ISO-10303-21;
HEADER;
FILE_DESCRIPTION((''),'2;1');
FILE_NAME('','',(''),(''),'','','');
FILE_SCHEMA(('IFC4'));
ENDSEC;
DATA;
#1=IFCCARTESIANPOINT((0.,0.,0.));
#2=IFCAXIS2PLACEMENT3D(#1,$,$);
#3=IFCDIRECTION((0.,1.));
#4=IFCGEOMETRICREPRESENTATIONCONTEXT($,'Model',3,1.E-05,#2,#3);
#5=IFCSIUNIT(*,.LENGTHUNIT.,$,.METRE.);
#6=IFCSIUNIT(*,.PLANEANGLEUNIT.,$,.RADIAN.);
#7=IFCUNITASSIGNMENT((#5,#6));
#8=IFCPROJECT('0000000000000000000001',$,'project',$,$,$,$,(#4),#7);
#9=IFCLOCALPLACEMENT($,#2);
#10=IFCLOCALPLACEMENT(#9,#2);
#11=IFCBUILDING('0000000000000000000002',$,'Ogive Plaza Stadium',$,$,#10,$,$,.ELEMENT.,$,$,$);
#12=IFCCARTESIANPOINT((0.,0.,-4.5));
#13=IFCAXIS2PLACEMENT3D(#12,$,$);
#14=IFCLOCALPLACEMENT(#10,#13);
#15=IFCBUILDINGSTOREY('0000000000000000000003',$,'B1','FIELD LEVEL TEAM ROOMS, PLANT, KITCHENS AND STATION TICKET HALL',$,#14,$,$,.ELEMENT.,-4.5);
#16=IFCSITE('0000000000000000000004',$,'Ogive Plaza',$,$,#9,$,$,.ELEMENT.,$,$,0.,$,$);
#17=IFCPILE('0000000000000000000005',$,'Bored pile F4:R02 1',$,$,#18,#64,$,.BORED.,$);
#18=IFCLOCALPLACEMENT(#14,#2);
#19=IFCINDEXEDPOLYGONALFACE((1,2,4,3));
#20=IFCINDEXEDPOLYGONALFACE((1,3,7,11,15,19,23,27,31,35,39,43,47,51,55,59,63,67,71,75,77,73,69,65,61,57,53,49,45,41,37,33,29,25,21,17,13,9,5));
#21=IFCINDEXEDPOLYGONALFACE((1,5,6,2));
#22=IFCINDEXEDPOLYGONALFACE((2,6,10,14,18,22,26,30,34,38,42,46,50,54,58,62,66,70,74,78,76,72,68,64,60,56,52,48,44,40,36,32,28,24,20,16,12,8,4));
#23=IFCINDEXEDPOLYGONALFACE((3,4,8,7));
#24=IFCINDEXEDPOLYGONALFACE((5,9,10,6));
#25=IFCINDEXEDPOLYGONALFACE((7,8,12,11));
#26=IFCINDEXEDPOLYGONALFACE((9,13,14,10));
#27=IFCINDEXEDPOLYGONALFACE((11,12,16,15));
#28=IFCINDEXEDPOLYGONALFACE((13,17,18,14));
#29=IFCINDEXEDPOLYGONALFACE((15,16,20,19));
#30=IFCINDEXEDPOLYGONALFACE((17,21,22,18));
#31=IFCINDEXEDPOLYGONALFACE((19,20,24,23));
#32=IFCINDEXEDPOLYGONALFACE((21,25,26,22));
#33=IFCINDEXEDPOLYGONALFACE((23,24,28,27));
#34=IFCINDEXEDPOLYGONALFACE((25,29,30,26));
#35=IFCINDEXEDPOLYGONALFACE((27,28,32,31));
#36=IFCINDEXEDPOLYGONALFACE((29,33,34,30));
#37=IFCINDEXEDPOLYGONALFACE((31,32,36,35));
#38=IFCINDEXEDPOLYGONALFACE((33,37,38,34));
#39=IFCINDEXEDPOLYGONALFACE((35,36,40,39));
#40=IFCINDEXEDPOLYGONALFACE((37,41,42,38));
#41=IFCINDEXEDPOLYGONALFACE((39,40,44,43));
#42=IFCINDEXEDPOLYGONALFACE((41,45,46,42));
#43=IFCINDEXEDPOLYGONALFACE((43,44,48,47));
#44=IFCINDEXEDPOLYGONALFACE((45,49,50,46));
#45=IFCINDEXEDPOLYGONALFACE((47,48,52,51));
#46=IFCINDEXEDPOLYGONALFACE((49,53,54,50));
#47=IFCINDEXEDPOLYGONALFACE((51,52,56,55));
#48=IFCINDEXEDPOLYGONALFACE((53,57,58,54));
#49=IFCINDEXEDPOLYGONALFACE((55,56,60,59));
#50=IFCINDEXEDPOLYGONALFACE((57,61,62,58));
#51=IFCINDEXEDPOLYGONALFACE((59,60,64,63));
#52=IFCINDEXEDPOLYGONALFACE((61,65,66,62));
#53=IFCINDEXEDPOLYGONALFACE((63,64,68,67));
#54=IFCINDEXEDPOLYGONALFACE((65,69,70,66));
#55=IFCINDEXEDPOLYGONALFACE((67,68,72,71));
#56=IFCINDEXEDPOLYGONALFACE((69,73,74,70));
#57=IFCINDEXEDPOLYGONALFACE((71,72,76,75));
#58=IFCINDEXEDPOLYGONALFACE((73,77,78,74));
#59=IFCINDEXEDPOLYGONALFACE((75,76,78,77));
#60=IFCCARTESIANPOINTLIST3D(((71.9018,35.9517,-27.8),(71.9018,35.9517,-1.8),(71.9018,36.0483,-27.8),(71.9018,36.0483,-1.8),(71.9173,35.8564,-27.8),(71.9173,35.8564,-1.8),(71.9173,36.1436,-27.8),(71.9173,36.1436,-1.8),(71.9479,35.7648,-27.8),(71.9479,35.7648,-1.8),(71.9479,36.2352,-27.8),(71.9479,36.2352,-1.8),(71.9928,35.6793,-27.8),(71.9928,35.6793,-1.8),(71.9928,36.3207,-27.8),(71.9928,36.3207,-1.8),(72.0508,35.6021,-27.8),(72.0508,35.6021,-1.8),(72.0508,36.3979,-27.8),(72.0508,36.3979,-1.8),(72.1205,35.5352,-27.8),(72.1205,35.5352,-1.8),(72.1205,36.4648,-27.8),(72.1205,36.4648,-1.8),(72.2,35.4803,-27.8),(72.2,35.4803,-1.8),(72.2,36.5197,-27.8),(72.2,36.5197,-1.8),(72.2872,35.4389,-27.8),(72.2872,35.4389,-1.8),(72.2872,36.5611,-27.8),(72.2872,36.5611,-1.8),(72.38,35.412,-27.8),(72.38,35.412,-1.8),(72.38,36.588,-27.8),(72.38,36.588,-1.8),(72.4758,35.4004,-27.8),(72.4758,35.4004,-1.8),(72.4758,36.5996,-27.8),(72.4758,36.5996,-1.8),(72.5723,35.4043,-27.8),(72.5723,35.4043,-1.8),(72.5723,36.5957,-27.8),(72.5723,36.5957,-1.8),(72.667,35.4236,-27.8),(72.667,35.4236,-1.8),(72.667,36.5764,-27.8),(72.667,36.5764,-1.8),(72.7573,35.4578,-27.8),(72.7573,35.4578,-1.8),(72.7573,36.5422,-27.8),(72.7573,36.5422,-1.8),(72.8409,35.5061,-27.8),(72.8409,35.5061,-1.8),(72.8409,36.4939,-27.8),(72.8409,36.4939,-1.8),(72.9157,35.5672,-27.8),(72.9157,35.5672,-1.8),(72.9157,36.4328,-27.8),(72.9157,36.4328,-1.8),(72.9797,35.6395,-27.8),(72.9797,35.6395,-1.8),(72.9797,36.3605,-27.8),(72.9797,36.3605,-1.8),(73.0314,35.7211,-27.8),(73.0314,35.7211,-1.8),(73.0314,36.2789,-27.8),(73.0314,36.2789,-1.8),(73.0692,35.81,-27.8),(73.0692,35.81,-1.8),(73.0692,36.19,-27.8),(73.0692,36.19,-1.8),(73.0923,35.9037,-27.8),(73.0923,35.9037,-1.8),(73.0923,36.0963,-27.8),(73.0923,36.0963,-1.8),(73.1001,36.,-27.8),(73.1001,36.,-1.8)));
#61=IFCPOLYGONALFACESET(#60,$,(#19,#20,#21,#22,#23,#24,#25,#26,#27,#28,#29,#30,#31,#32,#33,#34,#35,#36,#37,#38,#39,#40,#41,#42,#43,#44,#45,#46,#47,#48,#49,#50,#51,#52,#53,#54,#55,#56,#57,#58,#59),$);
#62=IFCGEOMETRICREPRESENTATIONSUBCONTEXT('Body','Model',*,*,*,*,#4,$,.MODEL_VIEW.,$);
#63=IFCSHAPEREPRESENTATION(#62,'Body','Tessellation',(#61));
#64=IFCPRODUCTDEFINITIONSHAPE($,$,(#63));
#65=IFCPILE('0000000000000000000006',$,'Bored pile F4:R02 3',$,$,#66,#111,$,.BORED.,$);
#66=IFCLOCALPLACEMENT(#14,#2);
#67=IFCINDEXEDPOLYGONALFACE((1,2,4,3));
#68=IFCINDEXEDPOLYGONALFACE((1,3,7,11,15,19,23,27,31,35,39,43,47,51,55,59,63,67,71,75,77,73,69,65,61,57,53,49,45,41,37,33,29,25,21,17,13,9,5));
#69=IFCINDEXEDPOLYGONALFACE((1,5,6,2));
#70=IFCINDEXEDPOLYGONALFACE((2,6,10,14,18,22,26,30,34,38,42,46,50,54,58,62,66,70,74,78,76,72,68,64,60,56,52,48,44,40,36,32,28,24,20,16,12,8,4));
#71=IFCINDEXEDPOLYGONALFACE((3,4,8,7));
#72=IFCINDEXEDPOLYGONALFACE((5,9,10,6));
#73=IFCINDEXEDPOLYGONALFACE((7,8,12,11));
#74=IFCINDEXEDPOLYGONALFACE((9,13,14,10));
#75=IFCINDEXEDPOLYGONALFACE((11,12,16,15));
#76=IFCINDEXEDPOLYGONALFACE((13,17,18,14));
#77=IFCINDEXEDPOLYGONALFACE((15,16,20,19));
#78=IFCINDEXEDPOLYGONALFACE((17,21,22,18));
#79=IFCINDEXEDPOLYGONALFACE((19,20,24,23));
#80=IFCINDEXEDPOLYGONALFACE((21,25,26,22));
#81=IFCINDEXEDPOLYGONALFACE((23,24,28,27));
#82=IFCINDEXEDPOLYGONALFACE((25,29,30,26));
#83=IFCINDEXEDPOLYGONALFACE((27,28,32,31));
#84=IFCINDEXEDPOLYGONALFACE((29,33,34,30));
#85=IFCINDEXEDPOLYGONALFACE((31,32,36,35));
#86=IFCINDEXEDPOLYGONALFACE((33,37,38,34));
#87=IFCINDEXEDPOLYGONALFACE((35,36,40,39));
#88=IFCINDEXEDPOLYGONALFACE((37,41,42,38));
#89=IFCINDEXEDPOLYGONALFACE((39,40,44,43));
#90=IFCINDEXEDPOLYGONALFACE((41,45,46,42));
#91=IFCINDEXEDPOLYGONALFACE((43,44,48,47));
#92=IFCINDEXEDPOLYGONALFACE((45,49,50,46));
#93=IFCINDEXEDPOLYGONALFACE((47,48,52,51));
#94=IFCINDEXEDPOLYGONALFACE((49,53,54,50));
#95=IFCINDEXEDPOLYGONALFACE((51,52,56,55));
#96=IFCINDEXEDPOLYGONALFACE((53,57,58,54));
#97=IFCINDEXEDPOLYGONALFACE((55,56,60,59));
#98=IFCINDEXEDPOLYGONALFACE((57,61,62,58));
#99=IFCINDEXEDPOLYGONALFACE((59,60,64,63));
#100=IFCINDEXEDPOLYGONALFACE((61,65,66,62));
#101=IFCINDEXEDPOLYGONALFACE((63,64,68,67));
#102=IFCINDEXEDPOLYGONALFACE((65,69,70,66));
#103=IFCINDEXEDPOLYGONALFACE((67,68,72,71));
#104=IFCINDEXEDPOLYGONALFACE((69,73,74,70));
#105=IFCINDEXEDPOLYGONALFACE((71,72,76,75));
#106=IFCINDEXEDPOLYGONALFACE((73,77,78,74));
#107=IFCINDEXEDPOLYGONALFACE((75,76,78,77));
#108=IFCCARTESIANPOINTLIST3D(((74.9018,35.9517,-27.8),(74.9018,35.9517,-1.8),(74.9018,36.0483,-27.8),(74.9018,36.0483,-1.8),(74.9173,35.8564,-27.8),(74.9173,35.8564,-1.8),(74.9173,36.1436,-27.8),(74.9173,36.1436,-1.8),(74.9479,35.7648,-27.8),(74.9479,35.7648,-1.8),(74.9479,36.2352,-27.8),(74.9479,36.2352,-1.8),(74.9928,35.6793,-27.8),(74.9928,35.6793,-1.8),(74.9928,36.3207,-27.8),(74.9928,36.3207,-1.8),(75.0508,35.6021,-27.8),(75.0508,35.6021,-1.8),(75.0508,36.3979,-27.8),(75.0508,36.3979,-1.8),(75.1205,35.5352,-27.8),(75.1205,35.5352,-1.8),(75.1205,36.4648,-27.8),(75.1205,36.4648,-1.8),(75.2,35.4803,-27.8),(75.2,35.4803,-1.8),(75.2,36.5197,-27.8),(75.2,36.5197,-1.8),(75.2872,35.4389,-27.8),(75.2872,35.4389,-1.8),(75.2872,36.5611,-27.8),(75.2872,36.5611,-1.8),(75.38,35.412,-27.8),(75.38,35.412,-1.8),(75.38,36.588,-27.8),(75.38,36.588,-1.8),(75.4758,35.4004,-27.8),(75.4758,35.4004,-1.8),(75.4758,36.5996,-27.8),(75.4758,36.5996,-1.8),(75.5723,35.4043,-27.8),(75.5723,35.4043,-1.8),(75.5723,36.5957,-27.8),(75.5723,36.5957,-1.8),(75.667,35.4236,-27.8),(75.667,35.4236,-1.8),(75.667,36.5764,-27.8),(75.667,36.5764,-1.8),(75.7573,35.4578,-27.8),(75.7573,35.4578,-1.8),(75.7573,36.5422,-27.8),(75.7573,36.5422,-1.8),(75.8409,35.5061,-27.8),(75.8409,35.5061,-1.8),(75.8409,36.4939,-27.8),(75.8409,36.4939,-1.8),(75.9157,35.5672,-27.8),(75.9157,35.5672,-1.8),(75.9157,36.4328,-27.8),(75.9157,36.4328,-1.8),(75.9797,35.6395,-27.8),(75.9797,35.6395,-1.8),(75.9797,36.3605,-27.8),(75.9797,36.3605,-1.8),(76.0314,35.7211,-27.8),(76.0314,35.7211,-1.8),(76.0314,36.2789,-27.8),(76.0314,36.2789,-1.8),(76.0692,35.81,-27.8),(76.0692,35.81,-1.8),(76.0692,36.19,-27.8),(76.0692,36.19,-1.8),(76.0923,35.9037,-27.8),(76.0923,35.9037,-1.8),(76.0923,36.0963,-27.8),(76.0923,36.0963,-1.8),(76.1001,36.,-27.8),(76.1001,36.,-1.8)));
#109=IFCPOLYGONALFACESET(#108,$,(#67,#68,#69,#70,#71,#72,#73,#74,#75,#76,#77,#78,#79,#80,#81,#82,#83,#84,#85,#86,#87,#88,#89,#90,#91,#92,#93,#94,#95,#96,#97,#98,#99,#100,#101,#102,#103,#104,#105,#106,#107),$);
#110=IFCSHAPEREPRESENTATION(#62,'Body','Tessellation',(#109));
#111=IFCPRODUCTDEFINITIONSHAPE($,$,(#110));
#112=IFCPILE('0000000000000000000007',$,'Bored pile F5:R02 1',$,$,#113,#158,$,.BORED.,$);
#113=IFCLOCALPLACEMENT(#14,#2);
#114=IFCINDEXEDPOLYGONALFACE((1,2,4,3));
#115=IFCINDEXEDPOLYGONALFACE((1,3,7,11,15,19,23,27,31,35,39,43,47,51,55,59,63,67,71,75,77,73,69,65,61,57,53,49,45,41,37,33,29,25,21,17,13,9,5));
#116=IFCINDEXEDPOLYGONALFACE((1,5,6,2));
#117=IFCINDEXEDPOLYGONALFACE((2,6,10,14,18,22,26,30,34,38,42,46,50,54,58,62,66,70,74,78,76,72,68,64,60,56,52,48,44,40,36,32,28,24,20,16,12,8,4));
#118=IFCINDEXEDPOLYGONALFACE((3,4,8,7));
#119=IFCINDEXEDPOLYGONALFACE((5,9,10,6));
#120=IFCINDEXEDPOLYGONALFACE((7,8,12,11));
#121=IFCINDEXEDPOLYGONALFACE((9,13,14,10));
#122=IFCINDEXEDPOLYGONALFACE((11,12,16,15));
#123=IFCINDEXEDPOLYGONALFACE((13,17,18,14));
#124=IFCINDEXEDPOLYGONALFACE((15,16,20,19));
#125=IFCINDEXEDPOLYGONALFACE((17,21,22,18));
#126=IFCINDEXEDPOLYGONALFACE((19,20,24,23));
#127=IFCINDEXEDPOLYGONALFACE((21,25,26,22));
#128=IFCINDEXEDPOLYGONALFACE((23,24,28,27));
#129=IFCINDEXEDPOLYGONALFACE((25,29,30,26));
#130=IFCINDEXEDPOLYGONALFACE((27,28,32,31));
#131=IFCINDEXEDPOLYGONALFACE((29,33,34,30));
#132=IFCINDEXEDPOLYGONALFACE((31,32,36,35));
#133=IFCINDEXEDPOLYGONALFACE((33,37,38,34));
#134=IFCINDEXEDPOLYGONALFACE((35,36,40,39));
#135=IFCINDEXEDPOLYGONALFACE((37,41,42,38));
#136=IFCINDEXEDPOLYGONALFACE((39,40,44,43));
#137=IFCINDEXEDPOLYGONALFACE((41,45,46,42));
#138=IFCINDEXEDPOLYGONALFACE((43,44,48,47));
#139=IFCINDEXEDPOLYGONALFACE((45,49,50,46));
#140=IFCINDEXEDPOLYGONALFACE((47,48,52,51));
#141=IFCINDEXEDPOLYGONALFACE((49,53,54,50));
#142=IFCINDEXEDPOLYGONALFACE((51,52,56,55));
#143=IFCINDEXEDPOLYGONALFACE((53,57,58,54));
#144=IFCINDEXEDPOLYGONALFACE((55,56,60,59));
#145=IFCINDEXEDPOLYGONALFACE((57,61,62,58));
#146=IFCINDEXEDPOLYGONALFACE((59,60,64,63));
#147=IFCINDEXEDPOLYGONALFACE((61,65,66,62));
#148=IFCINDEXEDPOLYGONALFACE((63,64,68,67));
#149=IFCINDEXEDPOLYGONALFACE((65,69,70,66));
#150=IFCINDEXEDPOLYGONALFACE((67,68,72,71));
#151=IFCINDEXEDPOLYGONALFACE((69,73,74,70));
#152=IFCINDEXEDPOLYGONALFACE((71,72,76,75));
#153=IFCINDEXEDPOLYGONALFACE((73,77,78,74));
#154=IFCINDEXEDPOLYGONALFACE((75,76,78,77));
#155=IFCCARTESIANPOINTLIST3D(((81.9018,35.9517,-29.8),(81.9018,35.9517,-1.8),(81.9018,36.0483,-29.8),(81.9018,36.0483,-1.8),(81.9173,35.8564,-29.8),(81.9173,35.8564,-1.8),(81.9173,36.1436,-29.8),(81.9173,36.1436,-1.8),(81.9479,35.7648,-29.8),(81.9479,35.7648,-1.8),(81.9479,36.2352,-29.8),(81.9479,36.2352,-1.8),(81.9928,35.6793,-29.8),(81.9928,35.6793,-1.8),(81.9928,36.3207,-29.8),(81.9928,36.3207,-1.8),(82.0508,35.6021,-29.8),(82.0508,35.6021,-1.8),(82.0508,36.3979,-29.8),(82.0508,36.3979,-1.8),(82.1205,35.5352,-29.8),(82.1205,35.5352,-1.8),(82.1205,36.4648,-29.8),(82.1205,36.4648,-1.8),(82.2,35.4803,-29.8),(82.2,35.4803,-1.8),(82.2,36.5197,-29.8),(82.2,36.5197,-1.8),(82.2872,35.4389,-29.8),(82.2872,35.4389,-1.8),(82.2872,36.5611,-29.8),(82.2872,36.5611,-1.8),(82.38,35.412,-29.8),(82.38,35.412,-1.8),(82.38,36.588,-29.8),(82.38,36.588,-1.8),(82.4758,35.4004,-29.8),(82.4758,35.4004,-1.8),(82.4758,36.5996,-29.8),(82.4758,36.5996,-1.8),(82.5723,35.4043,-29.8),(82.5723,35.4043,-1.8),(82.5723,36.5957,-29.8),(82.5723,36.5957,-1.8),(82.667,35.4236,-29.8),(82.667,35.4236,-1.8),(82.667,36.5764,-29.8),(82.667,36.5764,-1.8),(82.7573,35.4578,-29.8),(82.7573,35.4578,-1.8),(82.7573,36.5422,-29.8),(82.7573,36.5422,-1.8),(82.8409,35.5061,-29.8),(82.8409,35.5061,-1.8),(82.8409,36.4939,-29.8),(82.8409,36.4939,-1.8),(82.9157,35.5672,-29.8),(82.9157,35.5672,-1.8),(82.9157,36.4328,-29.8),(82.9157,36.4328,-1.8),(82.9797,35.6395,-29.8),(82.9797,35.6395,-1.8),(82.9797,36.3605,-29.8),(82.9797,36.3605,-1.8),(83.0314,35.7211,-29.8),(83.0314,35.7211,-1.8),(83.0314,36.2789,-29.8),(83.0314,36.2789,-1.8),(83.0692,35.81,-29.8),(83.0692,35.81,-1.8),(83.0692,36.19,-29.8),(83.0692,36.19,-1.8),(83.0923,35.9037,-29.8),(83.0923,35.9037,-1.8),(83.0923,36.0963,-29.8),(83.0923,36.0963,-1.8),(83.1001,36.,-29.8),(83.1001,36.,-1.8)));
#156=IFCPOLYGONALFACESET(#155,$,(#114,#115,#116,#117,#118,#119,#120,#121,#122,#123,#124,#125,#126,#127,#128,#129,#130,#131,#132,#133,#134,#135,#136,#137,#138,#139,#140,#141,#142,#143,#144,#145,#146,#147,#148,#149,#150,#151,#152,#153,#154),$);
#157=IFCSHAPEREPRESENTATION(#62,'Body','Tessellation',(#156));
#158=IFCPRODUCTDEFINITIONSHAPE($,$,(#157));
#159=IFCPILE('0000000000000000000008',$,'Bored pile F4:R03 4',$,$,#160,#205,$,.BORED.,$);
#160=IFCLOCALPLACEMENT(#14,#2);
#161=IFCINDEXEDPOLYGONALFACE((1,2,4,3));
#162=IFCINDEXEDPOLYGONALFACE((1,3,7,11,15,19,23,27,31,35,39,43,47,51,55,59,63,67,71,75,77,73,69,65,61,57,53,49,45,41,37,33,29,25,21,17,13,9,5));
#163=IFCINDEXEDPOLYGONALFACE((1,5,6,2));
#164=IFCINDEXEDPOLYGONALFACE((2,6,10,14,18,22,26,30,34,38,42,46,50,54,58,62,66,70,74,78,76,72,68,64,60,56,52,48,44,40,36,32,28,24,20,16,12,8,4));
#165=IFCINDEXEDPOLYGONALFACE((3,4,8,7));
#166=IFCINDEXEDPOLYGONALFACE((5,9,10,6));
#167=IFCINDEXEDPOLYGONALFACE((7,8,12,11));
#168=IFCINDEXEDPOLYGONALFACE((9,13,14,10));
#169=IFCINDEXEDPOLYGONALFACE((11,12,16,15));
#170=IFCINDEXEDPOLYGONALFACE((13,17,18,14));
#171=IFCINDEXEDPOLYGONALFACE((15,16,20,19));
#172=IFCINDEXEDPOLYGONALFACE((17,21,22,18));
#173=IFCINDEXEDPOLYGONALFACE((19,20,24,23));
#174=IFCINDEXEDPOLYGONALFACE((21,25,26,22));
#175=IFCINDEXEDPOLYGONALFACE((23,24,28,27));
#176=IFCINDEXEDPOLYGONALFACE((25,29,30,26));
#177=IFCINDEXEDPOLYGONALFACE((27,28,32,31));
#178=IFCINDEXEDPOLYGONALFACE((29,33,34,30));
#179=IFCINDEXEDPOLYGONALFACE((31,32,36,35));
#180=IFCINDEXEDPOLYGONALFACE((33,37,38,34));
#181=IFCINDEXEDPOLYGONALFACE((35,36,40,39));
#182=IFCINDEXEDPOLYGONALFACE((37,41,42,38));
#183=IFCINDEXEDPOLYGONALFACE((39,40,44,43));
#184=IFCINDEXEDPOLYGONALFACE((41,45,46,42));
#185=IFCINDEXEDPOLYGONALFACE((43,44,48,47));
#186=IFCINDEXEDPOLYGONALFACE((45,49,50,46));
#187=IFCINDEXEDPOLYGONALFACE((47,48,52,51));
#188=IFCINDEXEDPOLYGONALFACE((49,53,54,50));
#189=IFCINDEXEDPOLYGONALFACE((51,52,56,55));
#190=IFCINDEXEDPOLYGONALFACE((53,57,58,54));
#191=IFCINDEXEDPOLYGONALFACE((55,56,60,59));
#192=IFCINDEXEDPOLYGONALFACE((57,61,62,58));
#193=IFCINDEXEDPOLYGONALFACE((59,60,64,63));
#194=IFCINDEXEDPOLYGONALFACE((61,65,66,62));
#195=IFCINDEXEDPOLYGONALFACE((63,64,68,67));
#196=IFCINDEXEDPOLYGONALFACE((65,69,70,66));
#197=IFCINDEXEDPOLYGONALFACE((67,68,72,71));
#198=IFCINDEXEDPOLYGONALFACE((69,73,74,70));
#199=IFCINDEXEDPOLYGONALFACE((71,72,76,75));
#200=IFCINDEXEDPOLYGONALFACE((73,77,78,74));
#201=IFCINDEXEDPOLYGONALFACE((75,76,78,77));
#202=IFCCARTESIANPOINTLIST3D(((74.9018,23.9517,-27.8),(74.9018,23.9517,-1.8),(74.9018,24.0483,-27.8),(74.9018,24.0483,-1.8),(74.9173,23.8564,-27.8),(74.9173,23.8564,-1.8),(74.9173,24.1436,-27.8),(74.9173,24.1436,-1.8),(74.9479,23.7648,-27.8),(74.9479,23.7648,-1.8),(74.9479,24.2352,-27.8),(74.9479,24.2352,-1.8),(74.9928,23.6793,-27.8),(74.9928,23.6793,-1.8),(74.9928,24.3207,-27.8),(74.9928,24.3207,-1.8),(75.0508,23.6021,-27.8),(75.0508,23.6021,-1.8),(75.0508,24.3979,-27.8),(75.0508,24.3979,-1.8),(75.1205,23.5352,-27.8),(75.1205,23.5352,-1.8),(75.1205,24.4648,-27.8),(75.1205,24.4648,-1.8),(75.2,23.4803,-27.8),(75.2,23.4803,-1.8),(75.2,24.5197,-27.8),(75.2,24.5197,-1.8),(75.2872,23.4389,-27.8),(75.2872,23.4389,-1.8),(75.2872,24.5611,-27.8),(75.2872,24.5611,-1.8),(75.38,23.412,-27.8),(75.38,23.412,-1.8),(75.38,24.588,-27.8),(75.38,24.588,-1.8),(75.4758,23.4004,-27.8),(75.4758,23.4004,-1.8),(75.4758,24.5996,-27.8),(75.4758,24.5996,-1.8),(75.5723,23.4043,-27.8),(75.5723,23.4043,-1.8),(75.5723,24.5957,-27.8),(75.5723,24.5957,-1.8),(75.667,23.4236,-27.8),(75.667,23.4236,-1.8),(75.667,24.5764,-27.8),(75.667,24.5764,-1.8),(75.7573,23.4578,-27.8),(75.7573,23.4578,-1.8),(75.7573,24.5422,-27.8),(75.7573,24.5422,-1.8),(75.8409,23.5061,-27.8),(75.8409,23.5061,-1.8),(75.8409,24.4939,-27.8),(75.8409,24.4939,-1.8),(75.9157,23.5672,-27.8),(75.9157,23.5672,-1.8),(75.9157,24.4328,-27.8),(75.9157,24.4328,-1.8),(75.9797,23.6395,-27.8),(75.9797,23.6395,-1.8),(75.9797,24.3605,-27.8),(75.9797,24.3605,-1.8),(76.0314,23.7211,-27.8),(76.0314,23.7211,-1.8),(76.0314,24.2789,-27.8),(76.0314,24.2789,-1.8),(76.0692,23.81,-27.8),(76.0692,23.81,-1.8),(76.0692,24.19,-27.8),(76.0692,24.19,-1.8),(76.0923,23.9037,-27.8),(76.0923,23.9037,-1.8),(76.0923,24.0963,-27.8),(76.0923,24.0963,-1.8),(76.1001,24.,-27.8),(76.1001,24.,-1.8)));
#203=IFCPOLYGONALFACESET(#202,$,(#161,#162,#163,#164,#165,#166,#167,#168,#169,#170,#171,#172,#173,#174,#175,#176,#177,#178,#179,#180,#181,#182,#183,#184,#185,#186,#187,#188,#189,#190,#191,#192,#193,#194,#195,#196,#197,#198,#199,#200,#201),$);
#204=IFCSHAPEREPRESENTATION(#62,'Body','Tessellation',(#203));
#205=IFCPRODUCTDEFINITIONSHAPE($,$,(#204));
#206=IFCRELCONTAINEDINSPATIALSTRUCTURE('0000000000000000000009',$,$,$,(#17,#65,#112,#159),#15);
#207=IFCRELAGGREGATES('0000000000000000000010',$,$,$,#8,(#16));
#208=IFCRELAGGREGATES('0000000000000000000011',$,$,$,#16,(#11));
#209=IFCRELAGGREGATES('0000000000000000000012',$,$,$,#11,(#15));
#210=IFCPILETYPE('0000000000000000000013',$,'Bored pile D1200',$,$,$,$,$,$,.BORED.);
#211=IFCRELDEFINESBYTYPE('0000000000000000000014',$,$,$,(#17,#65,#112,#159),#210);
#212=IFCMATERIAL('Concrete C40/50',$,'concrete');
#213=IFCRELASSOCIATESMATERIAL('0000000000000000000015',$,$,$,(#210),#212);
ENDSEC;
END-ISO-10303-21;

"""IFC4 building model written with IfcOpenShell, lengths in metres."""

from ifc_helpers import new_model, si_unit, direction, frame, origin, origin_2d, place, context, subcontext, project, spatial, circle, extrude, material, material_profile, profile_set, type_object, element, save


model = new_model("IFC4")

# Units and contexts
model_context = context("Model", 3, precision=1e-05, world=origin(), true_north=direction((0.0, 1.0)))
body_context = subcontext(model_context, "Body", "Model", "MODEL_VIEW")
ifc_project = project(units=[si_unit("LENGTHUNIT", "METRE"), si_unit("PLANEANGLEUNIT", "RADIAN")], contexts=[model_context])

# Site, building, storey
site_placement = place(None, origin())
site = spatial("IfcSite", under=ifc_project, at=site_placement, Name="Ogive Plaza", CompositionType="ELEMENT", RefElevation=0.0)
building_placement = place(site_placement, origin())
building = spatial("IfcBuilding", under=site, at=building_placement, Name="Ogive Plaza Stadium", CompositionType="ELEMENT")
storey_placement = place(building_placement, frame((0.0, 0.0, -4.5)))
storey = spatial("IfcBuildingStorey", under=building, at=storey_placement, Name="B1", Description="FIELD LEVEL TEAM ROOMS, PLANT, KITCHENS AND STATION TICKET HALL", CompositionType="ELEMENT", Elevation=-4.5)

# Piles
ifc_material_1 = material(Name="Concrete C40/50", Category="concrete")
ifc_material_profile_1 = material_profile(ifc_material_1, circle(Radius=0.6001, at=origin_2d()), Name="RC D1200")
ifc_profile_set_1 = profile_set([ifc_material_profile_1], Name="Concrete C40/50")
pile_type = type_object("IfcPileType", Name="Bored pile D1200", PredefinedType="BORED", material=ifc_profile_set_1)
for number, where, z_axis, x_axis, name in (
    (1, (72.5, 36.0, -1.8), (0.0, 0.0, -1.0), (1.0, 0.0, 0.0), "Bored pile F4:R02 1"),
    (2, (75.5, 36.0, -1.8), (0.0, 0.0, -1.0), (1.0, 0.0, 0.0), "Bored pile F4:R02 3"),
):
    element("IfcPile", number, at=place(storey_placement, frame(where, z_axis=z_axis, x_axis=x_axis)), inside=storey, type_object=pile_type, Name=name, PredefinedType="BORED", context=body_context, shape_type="SweptSolid", body=[
        extrude(circle(Radius=0.6001, at=origin_2d()), origin(), (0.0, 0.0, 1.0), 26.0),
    ])
pile_1_placement = place(storey_placement, frame((82.5, 36.0, -1.8), z_axis=(0.0, 0.0, -1.0), x_axis=(1.0, 0.0, 0.0)))
element("IfcPile", 3, at=pile_1_placement, inside=storey, type_object=pile_type, Name="Bored pile F5:R02 1", PredefinedType="BORED", context=body_context, shape_type="SweptSolid", body=[
    extrude(circle(Radius=0.6001, at=origin_2d()), origin(), (0.0, 0.0, 1.0), 28.0),
])
pile_2_placement = place(storey_placement, frame((75.5, 24.0, -1.8), z_axis=(0.0, 0.0, -1.0), x_axis=(1.0, 0.0, 0.0)))
element("IfcPile", 4, at=pile_2_placement, inside=storey, type_object=pile_type, Name="Bored pile F4:R03 4", PredefinedType="BORED", context=body_context, shape_type="SweptSolid", body=[
    extrude(circle(Radius=0.6001, at=origin_2d()), origin(), (0.0, 0.0, 1.0), 26.0),
])

save(model, "model.ifc")
